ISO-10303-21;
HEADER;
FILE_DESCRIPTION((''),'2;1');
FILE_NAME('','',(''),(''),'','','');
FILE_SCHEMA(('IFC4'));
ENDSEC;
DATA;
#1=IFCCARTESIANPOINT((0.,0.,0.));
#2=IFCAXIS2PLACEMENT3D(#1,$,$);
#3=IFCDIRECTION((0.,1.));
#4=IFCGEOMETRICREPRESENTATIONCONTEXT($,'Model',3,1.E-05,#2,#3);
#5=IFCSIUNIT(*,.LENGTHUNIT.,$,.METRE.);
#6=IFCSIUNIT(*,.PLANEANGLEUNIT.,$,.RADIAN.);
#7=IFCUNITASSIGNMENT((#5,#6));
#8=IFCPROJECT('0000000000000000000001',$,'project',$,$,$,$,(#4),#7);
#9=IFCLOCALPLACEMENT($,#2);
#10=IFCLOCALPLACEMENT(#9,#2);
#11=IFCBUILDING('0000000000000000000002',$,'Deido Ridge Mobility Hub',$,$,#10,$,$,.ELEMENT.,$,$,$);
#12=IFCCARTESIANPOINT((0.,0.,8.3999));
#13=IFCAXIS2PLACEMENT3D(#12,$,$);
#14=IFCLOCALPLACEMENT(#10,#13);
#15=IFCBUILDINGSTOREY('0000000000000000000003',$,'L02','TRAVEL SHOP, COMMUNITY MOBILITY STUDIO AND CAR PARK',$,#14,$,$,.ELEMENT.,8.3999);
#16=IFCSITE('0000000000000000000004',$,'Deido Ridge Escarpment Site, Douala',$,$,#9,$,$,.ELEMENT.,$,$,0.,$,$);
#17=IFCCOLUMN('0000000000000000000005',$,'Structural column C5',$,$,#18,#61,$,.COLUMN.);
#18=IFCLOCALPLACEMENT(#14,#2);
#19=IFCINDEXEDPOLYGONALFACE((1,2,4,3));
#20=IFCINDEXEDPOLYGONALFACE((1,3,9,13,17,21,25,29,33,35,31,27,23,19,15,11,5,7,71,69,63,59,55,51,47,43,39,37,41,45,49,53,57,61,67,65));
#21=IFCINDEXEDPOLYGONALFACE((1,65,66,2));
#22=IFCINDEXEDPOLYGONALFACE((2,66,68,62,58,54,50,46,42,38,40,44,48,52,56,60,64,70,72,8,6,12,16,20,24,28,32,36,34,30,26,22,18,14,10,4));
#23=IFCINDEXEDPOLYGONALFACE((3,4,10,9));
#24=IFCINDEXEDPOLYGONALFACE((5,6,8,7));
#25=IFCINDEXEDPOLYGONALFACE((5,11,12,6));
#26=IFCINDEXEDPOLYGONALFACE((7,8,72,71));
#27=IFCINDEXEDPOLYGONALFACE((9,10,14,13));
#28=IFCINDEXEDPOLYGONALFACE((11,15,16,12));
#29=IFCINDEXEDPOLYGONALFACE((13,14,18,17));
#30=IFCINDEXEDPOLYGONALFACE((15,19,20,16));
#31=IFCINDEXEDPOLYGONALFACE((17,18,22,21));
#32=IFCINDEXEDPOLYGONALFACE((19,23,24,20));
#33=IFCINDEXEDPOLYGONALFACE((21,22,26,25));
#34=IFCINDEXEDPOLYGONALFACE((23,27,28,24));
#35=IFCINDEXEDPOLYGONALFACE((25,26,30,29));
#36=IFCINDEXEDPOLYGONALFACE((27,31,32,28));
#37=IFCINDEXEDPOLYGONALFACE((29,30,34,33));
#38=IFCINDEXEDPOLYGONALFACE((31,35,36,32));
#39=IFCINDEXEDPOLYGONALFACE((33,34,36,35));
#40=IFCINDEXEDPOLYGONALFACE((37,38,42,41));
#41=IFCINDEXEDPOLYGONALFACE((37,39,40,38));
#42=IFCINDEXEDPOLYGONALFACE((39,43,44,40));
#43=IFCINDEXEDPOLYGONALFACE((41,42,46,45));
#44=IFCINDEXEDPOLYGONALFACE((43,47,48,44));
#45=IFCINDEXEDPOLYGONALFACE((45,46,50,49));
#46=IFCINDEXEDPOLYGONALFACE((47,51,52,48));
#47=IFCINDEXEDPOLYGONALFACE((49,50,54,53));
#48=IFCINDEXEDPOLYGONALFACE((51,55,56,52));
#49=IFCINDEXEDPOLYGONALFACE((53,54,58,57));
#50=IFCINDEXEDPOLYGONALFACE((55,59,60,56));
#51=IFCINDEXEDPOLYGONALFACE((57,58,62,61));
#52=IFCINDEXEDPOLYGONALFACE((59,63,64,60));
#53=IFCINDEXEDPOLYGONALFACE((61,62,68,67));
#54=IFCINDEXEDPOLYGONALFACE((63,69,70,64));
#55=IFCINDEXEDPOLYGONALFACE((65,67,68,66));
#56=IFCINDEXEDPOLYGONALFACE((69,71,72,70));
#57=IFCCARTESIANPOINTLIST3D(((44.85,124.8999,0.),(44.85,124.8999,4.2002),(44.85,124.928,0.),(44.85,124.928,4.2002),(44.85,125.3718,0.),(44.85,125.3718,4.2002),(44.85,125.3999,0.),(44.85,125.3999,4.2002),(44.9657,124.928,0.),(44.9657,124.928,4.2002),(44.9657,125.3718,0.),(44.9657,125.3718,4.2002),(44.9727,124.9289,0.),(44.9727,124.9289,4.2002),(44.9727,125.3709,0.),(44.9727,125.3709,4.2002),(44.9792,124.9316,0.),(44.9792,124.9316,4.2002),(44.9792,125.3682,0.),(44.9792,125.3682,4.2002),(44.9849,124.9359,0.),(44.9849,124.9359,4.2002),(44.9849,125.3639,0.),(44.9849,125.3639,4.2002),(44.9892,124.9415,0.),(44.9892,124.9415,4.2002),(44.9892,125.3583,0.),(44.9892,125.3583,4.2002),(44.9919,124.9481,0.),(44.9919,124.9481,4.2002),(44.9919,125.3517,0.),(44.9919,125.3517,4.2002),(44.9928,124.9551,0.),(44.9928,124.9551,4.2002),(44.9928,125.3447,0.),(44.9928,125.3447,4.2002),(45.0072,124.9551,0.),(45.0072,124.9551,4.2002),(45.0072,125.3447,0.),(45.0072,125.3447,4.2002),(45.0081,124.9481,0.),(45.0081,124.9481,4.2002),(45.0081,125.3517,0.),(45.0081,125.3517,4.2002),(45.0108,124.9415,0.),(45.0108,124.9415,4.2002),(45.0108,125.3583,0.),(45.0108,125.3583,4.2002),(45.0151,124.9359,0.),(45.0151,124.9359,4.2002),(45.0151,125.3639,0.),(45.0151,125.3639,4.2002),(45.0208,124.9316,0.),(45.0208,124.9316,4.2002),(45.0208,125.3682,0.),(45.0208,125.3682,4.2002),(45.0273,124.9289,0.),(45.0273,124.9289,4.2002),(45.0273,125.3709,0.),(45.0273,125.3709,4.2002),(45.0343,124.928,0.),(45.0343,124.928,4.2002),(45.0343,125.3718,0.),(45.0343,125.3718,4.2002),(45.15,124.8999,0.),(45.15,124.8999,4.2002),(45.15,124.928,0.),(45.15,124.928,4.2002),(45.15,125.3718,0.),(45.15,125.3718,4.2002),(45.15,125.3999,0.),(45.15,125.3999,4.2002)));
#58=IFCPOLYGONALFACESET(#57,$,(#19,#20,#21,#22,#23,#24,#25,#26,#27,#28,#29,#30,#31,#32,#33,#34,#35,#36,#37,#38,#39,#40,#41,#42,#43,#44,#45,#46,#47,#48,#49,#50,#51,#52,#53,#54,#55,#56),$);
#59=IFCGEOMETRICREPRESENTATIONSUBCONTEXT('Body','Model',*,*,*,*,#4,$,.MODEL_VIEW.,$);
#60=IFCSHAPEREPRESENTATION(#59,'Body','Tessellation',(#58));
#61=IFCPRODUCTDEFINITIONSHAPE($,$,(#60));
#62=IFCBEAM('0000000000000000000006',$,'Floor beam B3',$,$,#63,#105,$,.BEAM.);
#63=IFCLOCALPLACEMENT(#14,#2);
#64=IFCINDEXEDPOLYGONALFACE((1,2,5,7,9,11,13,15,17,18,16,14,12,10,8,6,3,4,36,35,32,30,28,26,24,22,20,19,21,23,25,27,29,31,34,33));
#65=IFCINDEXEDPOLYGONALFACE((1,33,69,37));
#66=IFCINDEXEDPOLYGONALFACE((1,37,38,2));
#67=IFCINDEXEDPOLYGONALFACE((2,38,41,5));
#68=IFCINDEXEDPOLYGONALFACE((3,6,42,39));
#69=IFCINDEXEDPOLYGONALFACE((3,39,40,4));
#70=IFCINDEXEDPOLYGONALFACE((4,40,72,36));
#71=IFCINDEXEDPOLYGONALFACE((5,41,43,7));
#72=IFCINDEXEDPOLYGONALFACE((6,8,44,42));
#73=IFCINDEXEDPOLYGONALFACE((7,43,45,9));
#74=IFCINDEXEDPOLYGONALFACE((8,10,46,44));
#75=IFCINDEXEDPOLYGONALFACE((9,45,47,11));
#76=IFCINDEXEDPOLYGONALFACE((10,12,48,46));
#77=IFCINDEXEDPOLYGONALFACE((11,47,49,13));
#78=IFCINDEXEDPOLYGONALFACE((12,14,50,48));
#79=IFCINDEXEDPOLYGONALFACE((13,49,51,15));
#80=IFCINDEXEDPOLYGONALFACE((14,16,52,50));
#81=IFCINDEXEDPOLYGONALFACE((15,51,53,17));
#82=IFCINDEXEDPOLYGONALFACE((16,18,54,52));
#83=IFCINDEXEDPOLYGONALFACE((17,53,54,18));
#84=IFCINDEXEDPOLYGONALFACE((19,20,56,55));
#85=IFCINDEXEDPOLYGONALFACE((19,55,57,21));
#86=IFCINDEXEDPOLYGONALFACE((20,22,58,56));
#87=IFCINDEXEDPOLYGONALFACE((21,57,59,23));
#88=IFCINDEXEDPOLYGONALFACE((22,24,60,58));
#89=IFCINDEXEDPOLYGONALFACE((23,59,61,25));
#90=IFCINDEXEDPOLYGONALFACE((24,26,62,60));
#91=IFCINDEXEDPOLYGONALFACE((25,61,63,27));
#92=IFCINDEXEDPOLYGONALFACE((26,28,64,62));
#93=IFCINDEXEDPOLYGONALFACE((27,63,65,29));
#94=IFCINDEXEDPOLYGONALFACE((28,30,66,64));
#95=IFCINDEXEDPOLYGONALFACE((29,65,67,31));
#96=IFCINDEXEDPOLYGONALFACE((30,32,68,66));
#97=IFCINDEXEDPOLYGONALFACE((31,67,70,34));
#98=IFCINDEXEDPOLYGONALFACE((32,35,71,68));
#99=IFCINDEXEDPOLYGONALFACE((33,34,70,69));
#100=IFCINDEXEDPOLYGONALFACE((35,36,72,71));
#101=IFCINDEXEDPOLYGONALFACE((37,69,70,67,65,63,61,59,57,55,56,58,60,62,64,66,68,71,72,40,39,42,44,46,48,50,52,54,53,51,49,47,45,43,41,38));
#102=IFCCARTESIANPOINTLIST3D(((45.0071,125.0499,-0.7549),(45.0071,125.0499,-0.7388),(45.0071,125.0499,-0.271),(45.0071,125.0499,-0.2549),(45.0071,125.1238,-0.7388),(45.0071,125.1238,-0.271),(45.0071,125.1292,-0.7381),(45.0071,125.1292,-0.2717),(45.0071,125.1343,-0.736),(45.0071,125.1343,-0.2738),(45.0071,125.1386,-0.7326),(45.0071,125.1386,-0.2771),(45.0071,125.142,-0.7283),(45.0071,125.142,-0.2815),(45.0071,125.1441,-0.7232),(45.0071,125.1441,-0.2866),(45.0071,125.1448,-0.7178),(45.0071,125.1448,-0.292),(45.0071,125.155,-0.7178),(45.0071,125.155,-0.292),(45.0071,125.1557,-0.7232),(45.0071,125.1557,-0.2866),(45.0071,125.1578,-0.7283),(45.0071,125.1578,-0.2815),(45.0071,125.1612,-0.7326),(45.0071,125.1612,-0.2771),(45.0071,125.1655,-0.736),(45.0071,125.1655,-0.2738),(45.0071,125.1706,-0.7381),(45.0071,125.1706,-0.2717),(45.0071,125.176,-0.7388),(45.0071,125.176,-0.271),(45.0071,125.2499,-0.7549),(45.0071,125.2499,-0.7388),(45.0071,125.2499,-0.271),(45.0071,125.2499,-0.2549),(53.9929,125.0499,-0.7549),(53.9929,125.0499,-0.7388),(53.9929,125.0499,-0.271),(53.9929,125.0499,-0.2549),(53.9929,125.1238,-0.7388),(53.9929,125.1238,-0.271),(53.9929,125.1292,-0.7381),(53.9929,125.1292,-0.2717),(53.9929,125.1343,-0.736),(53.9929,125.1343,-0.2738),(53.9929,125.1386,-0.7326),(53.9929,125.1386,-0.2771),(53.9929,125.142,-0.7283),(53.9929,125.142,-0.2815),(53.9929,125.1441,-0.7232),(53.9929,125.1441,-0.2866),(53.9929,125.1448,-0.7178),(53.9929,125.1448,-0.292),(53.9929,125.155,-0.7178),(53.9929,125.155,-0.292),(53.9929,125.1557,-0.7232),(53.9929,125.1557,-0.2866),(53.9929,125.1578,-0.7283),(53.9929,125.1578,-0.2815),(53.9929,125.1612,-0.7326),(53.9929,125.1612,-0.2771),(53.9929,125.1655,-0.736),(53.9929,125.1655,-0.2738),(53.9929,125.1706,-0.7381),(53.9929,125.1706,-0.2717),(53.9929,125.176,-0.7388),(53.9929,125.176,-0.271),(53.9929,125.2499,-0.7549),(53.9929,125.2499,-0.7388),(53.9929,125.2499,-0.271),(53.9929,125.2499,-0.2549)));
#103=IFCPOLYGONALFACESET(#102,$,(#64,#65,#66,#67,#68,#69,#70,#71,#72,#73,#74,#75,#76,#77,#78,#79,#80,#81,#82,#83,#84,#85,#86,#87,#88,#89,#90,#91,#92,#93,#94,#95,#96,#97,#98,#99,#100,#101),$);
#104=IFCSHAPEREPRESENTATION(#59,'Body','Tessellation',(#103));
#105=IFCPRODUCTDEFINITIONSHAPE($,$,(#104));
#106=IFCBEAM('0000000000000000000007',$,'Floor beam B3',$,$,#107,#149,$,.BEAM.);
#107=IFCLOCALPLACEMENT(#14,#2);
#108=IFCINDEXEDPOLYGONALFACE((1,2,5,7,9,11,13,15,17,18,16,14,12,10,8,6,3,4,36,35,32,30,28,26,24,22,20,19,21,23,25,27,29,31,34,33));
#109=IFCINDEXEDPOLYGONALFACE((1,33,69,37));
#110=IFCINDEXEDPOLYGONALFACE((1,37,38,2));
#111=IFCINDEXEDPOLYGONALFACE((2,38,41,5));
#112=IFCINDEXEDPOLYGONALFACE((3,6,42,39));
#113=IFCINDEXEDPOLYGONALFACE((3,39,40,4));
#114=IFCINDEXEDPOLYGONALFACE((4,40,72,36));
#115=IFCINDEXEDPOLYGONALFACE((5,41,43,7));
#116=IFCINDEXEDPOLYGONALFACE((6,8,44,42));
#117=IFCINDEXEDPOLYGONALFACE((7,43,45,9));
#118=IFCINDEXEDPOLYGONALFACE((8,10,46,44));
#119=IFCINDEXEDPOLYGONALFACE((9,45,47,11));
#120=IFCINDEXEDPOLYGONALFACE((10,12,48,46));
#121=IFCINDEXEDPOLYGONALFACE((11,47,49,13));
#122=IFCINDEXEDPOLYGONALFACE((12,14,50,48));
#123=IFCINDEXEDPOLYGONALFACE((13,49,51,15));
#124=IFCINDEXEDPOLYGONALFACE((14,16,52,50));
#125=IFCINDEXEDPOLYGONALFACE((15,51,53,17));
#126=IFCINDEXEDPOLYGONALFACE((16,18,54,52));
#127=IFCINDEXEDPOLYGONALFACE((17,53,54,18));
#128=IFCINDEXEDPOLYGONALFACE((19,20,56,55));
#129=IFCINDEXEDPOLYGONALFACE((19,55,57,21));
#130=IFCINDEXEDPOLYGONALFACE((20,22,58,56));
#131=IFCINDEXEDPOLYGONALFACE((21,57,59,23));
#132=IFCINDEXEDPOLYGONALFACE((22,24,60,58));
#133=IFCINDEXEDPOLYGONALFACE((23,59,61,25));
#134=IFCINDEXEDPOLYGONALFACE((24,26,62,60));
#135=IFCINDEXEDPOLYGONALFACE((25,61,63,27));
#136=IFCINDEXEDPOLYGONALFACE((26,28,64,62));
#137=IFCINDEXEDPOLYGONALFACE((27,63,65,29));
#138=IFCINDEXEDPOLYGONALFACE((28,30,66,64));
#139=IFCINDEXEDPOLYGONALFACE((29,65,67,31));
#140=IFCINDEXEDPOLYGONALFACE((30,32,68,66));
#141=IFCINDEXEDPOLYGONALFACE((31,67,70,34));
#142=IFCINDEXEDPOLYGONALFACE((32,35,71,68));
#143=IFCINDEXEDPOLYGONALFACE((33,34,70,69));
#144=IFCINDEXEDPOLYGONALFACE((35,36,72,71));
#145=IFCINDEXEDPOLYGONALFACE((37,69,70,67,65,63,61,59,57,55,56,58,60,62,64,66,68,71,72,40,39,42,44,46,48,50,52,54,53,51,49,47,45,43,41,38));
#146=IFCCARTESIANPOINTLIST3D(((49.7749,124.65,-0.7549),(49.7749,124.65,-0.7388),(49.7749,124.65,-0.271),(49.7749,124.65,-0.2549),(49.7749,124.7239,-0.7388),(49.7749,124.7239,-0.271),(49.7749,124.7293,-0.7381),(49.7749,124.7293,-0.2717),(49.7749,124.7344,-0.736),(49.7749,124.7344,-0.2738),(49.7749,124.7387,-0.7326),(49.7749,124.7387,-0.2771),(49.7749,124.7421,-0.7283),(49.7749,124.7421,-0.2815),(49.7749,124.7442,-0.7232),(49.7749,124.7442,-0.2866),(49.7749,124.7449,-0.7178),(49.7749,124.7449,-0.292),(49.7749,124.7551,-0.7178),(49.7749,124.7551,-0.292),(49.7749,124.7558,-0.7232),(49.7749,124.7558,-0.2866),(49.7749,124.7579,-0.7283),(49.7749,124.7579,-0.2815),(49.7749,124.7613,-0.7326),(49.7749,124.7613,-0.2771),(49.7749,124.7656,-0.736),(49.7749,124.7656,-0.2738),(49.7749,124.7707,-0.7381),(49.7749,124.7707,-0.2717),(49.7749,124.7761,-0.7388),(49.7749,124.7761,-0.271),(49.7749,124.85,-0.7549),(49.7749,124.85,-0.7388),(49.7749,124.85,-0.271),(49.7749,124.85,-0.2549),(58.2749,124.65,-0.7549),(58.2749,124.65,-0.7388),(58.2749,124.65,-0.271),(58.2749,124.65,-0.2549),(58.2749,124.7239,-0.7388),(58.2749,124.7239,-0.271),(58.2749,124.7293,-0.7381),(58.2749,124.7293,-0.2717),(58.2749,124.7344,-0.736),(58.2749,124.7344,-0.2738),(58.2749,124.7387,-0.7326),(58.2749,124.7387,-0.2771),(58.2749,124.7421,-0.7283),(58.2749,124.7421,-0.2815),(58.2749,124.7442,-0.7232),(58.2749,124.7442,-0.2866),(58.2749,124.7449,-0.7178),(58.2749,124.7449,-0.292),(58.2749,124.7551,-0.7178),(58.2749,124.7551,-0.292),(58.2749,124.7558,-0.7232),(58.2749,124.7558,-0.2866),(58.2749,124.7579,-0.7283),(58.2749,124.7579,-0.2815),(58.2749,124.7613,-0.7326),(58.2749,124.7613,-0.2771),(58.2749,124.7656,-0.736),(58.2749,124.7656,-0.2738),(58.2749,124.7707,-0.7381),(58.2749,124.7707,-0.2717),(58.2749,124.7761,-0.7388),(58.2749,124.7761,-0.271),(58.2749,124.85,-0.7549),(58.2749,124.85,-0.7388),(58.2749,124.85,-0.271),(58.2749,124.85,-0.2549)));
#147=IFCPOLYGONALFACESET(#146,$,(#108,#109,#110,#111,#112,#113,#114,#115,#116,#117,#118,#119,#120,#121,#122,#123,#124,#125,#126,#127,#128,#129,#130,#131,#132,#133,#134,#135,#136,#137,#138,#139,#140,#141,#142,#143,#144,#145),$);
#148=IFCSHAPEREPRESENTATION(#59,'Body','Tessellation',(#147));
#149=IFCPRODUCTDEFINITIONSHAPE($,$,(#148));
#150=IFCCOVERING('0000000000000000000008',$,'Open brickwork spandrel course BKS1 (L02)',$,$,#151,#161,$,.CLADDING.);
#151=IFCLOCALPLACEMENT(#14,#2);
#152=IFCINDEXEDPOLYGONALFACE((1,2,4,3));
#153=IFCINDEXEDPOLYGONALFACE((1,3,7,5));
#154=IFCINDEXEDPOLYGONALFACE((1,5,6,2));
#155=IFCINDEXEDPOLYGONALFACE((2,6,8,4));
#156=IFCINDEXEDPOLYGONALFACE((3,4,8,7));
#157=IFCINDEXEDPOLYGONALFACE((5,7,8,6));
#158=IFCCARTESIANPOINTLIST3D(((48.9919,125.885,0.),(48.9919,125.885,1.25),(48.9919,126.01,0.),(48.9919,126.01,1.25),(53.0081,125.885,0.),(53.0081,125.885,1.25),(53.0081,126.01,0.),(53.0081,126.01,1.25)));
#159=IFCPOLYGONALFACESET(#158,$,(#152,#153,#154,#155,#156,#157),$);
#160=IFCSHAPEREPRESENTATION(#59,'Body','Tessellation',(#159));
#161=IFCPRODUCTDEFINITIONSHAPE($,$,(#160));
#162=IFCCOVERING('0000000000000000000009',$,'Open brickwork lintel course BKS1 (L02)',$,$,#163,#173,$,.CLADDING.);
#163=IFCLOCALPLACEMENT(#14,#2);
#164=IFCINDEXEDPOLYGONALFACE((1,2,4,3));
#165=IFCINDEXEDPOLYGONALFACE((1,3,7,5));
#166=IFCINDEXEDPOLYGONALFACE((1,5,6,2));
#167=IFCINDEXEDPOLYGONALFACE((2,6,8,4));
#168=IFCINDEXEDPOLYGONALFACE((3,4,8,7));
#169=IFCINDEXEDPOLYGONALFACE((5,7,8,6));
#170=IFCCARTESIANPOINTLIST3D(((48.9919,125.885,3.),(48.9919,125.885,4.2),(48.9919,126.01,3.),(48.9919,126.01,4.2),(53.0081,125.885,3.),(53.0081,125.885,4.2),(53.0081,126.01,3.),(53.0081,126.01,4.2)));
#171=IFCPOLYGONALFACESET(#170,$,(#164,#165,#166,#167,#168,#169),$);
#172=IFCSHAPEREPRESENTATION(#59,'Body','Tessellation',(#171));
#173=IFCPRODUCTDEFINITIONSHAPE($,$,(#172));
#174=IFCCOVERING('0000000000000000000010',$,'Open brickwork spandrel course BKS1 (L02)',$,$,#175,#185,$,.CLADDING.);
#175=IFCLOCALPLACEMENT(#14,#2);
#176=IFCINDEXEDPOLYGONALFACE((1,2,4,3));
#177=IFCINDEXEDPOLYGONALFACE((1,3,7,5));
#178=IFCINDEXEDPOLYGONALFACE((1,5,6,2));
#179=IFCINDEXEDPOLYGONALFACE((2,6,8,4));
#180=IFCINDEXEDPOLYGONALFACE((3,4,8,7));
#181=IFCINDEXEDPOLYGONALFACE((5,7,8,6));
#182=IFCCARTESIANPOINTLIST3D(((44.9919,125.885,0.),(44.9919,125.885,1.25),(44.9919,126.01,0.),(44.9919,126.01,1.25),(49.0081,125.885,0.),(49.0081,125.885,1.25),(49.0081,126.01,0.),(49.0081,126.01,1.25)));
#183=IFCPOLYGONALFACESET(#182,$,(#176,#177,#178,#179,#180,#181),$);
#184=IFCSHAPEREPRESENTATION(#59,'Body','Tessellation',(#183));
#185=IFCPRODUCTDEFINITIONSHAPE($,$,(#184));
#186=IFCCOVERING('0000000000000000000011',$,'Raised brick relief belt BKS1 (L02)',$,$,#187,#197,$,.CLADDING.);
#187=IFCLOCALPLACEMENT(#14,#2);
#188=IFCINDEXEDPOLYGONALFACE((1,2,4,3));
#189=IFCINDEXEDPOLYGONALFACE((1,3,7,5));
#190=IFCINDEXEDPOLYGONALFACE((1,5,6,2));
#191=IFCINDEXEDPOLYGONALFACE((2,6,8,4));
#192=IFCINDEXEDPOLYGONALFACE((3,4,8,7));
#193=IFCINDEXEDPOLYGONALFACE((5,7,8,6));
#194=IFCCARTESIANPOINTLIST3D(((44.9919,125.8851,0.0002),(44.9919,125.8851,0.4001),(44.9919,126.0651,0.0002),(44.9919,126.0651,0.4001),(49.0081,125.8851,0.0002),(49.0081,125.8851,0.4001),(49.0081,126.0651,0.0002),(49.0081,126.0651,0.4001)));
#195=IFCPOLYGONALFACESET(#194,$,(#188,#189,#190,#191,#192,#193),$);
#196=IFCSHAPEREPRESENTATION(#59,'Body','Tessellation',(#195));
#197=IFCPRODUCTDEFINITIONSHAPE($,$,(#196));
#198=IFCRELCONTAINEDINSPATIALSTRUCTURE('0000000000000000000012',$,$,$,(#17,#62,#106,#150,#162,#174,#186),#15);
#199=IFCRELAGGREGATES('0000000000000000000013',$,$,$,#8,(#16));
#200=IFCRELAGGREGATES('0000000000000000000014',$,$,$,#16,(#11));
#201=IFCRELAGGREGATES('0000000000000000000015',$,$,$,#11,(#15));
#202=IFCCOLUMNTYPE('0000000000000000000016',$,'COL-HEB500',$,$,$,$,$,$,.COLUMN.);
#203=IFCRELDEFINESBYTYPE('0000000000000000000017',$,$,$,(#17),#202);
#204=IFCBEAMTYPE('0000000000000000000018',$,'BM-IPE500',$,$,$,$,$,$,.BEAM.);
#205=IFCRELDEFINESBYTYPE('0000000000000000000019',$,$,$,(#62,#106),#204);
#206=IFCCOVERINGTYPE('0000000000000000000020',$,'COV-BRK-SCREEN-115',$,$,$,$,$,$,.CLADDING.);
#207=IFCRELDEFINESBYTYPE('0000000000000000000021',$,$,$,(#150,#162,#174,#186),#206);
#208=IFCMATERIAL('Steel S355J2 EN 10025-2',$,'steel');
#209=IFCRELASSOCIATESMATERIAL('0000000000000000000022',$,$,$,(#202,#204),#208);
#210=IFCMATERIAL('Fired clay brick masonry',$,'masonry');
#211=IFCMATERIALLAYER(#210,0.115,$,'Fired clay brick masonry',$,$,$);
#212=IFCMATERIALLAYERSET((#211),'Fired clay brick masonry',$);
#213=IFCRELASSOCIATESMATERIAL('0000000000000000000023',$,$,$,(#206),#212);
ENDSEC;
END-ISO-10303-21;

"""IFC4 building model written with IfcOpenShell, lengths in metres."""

from ifc_helpers import new_model, si_unit, direction, frame, origin, origin_2d, place, context, subcontext, project, spatial, rectangle, i_section, extrude, material, layer, layer_set, material_profile, profile_set, type_object, element, save


model = new_model("IFC4")

# Units and contexts
model_context = context("Model", 3, precision=1e-05, world=origin(), true_north=direction((0.0, 1.0)))
body_context = subcontext(model_context, "Body", "Model", "MODEL_VIEW")
ifc_project = project(units=[si_unit("LENGTHUNIT", "METRE"), si_unit("PLANEANGLEUNIT", "RADIAN")], contexts=[model_context])

# Site, building, storey
site_placement = place(None, origin())
site = spatial("IfcSite", under=ifc_project, at=site_placement, Name="Deido Ridge Escarpment Site, Douala", CompositionType="ELEMENT", RefElevation=0.0)
building_placement = place(site_placement, origin())
building = spatial("IfcBuilding", under=site, at=building_placement, Name="Deido Ridge Mobility Hub", CompositionType="ELEMENT")
storey_placement = place(building_placement, frame((0.0, 0.0, 8.3999)))
storey = spatial("IfcBuildingStorey", under=building, at=storey_placement, Name="L02", Description="TRAVEL SHOP, COMMUNITY MOBILITY STUDIO AND CAR PARK", CompositionType="ELEMENT", Elevation=8.3999)

# Column
ifc_material_1 = material(Name="Steel S355J2 EN 10025-2", Category="steel")
ifc_material_profile_1 = material_profile(ifc_material_1, i_section(OverallWidth=0.3, OverallDepth=0.5, WebThickness=0.0144, FlangeThickness=0.0281, FilletRadius=0.0271, at=origin_2d()), Name="HEB 500")
ifc_profile_set_1 = profile_set([ifc_material_profile_1], Name="Steel S355J2 EN 10025-2")
column_type = type_object("IfcColumnType", Name="COL-HEB500", PredefinedType="COLUMN", material=ifc_profile_set_1)
column_placement = place(storey_placement, frame((45.0, 125.1499, 0.0), z_axis=(0.0, 0.0, 1.0), x_axis=(1.0, 0.0, 0.0)))
element("IfcColumn", 1, at=column_placement, inside=storey, type_object=column_type, Name="Structural column C5", PredefinedType="COLUMN", context=body_context, shape_type="SweptSolid", body=[
    extrude(i_section(OverallWidth=0.3, OverallDepth=0.5, WebThickness=0.0144, FlangeThickness=0.0281, FilletRadius=0.0271, at=origin_2d()), origin(), (0.0, 0.0, 1.0), 4.2002),
])

# Beams
ifc_material_profile_2 = material_profile(ifc_material_1, i_section(OverallWidth=0.2, OverallDepth=0.5, WebThickness=0.0103, FlangeThickness=0.0161, FilletRadius=0.021, at=origin_2d()), Name="IPE 500")
ifc_profile_set_2 = profile_set([ifc_material_profile_2], Name="Steel S355J2 EN 10025-2")
beam_type = type_object("IfcBeamType", Name="BM-IPE500", PredefinedType="BEAM", material=ifc_profile_set_2)
beam_1_placement = place(storey_placement, frame((45.0071, 125.1499, -0.5049), z_axis=(1.0, 0.0, 0.0), x_axis=(0.0, 1.0, 0.0)))
element("IfcBeam", 2, at=beam_1_placement, inside=storey, type_object=beam_type, Name="Floor beam B3", PredefinedType="BEAM", context=body_context, shape_type="SweptSolid", body=[
    extrude(i_section(OverallWidth=0.2, OverallDepth=0.5, WebThickness=0.0103, FlangeThickness=0.0161, FilletRadius=0.021, at=origin_2d()), origin(), (0.0, 0.0, 1.0), 8.9858),
])
beam_2_placement = place(storey_placement, frame((49.7749, 124.75, -0.5049), z_axis=(1.0, 0.0, 0.0), x_axis=(0.0, 1.0, 0.0)))
element("IfcBeam", 3, at=beam_2_placement, inside=storey, type_object=beam_type, Name="Floor beam B3", PredefinedType="BEAM", context=body_context, shape_type="SweptSolid", body=[
    extrude(i_section(OverallWidth=0.2, OverallDepth=0.5, WebThickness=0.0103, FlangeThickness=0.0161, FilletRadius=0.021, at=origin_2d()), origin(), (0.0, 0.0, 1.0), 8.5),
])

# Coverings
ifc_material_2 = material(Name="Fired clay brick masonry", Category="masonry")
ifc_layer = layer(ifc_material_2, 0.115, Name="Fired clay brick masonry")
ifc_layer_set = layer_set([ifc_layer], Name="Fired clay brick masonry")
covering_type = type_object("IfcCoveringType", Name="COV-BRK-SCREEN-115", PredefinedType="CLADDING", material=ifc_layer_set)
covering_1_placement = place(storey_placement, frame((51.0, 125.9475, 0.0), z_axis=(0.0, 0.0, 1.0), x_axis=(-1.0, 0.0, 0.0)))
element("IfcCovering", 4, at=covering_1_placement, inside=storey, type_object=covering_type, Name="Open brickwork spandrel course BKS1 (L02)", PredefinedType="CLADDING", context=body_context, shape_type="SweptSolid", body=[
    extrude(rectangle(XDim=4.0161, YDim=0.125, at=origin_2d()), origin(), (0.0, 0.0, 1.0), 1.25),
])
covering_2_placement = place(storey_placement, frame((51.0, 125.9475, 3.0), z_axis=(0.0, 0.0, 1.0), x_axis=(-1.0, 0.0, 0.0)))
element("IfcCovering", 5, at=covering_2_placement, inside=storey, type_object=covering_type, Name="Open brickwork lintel course BKS1 (L02)", PredefinedType="CLADDING", context=body_context, shape_type="SweptSolid", body=[
    extrude(rectangle(XDim=4.0161, YDim=0.125, at=origin_2d()), origin(), (0.0, 0.0, 1.0), 1.2),
])
covering_3_placement = place(storey_placement, frame((47.0, 125.9475, 0.0), z_axis=(0.0, 0.0, 1.0), x_axis=(-1.0, 0.0, 0.0)))
element("IfcCovering", 6, at=covering_3_placement, inside=storey, type_object=covering_type, Name="Open brickwork spandrel course BKS1 (L02)", PredefinedType="CLADDING", context=body_context, shape_type="SweptSolid", body=[
    extrude(rectangle(XDim=4.0161, YDim=0.125, at=origin_2d()), origin(), (0.0, 0.0, 1.0), 1.25),
])
covering_4_placement = place(storey_placement, frame((47.0, 125.9751, 0.0002), z_axis=(0.0, 0.0, 1.0), x_axis=(-1.0, 0.0, 0.0)))
element("IfcCovering", 7, at=covering_4_placement, inside=storey, type_object=covering_type, Name="Raised brick relief belt BKS1 (L02)", PredefinedType="CLADDING", context=body_context, shape_type="SweptSolid", body=[
    extrude(rectangle(XDim=4.0161, YDim=0.1799, at=origin_2d()), origin(), (0.0, 0.0, 1.0), 0.3999),
])

save(model, "model.ifc")
